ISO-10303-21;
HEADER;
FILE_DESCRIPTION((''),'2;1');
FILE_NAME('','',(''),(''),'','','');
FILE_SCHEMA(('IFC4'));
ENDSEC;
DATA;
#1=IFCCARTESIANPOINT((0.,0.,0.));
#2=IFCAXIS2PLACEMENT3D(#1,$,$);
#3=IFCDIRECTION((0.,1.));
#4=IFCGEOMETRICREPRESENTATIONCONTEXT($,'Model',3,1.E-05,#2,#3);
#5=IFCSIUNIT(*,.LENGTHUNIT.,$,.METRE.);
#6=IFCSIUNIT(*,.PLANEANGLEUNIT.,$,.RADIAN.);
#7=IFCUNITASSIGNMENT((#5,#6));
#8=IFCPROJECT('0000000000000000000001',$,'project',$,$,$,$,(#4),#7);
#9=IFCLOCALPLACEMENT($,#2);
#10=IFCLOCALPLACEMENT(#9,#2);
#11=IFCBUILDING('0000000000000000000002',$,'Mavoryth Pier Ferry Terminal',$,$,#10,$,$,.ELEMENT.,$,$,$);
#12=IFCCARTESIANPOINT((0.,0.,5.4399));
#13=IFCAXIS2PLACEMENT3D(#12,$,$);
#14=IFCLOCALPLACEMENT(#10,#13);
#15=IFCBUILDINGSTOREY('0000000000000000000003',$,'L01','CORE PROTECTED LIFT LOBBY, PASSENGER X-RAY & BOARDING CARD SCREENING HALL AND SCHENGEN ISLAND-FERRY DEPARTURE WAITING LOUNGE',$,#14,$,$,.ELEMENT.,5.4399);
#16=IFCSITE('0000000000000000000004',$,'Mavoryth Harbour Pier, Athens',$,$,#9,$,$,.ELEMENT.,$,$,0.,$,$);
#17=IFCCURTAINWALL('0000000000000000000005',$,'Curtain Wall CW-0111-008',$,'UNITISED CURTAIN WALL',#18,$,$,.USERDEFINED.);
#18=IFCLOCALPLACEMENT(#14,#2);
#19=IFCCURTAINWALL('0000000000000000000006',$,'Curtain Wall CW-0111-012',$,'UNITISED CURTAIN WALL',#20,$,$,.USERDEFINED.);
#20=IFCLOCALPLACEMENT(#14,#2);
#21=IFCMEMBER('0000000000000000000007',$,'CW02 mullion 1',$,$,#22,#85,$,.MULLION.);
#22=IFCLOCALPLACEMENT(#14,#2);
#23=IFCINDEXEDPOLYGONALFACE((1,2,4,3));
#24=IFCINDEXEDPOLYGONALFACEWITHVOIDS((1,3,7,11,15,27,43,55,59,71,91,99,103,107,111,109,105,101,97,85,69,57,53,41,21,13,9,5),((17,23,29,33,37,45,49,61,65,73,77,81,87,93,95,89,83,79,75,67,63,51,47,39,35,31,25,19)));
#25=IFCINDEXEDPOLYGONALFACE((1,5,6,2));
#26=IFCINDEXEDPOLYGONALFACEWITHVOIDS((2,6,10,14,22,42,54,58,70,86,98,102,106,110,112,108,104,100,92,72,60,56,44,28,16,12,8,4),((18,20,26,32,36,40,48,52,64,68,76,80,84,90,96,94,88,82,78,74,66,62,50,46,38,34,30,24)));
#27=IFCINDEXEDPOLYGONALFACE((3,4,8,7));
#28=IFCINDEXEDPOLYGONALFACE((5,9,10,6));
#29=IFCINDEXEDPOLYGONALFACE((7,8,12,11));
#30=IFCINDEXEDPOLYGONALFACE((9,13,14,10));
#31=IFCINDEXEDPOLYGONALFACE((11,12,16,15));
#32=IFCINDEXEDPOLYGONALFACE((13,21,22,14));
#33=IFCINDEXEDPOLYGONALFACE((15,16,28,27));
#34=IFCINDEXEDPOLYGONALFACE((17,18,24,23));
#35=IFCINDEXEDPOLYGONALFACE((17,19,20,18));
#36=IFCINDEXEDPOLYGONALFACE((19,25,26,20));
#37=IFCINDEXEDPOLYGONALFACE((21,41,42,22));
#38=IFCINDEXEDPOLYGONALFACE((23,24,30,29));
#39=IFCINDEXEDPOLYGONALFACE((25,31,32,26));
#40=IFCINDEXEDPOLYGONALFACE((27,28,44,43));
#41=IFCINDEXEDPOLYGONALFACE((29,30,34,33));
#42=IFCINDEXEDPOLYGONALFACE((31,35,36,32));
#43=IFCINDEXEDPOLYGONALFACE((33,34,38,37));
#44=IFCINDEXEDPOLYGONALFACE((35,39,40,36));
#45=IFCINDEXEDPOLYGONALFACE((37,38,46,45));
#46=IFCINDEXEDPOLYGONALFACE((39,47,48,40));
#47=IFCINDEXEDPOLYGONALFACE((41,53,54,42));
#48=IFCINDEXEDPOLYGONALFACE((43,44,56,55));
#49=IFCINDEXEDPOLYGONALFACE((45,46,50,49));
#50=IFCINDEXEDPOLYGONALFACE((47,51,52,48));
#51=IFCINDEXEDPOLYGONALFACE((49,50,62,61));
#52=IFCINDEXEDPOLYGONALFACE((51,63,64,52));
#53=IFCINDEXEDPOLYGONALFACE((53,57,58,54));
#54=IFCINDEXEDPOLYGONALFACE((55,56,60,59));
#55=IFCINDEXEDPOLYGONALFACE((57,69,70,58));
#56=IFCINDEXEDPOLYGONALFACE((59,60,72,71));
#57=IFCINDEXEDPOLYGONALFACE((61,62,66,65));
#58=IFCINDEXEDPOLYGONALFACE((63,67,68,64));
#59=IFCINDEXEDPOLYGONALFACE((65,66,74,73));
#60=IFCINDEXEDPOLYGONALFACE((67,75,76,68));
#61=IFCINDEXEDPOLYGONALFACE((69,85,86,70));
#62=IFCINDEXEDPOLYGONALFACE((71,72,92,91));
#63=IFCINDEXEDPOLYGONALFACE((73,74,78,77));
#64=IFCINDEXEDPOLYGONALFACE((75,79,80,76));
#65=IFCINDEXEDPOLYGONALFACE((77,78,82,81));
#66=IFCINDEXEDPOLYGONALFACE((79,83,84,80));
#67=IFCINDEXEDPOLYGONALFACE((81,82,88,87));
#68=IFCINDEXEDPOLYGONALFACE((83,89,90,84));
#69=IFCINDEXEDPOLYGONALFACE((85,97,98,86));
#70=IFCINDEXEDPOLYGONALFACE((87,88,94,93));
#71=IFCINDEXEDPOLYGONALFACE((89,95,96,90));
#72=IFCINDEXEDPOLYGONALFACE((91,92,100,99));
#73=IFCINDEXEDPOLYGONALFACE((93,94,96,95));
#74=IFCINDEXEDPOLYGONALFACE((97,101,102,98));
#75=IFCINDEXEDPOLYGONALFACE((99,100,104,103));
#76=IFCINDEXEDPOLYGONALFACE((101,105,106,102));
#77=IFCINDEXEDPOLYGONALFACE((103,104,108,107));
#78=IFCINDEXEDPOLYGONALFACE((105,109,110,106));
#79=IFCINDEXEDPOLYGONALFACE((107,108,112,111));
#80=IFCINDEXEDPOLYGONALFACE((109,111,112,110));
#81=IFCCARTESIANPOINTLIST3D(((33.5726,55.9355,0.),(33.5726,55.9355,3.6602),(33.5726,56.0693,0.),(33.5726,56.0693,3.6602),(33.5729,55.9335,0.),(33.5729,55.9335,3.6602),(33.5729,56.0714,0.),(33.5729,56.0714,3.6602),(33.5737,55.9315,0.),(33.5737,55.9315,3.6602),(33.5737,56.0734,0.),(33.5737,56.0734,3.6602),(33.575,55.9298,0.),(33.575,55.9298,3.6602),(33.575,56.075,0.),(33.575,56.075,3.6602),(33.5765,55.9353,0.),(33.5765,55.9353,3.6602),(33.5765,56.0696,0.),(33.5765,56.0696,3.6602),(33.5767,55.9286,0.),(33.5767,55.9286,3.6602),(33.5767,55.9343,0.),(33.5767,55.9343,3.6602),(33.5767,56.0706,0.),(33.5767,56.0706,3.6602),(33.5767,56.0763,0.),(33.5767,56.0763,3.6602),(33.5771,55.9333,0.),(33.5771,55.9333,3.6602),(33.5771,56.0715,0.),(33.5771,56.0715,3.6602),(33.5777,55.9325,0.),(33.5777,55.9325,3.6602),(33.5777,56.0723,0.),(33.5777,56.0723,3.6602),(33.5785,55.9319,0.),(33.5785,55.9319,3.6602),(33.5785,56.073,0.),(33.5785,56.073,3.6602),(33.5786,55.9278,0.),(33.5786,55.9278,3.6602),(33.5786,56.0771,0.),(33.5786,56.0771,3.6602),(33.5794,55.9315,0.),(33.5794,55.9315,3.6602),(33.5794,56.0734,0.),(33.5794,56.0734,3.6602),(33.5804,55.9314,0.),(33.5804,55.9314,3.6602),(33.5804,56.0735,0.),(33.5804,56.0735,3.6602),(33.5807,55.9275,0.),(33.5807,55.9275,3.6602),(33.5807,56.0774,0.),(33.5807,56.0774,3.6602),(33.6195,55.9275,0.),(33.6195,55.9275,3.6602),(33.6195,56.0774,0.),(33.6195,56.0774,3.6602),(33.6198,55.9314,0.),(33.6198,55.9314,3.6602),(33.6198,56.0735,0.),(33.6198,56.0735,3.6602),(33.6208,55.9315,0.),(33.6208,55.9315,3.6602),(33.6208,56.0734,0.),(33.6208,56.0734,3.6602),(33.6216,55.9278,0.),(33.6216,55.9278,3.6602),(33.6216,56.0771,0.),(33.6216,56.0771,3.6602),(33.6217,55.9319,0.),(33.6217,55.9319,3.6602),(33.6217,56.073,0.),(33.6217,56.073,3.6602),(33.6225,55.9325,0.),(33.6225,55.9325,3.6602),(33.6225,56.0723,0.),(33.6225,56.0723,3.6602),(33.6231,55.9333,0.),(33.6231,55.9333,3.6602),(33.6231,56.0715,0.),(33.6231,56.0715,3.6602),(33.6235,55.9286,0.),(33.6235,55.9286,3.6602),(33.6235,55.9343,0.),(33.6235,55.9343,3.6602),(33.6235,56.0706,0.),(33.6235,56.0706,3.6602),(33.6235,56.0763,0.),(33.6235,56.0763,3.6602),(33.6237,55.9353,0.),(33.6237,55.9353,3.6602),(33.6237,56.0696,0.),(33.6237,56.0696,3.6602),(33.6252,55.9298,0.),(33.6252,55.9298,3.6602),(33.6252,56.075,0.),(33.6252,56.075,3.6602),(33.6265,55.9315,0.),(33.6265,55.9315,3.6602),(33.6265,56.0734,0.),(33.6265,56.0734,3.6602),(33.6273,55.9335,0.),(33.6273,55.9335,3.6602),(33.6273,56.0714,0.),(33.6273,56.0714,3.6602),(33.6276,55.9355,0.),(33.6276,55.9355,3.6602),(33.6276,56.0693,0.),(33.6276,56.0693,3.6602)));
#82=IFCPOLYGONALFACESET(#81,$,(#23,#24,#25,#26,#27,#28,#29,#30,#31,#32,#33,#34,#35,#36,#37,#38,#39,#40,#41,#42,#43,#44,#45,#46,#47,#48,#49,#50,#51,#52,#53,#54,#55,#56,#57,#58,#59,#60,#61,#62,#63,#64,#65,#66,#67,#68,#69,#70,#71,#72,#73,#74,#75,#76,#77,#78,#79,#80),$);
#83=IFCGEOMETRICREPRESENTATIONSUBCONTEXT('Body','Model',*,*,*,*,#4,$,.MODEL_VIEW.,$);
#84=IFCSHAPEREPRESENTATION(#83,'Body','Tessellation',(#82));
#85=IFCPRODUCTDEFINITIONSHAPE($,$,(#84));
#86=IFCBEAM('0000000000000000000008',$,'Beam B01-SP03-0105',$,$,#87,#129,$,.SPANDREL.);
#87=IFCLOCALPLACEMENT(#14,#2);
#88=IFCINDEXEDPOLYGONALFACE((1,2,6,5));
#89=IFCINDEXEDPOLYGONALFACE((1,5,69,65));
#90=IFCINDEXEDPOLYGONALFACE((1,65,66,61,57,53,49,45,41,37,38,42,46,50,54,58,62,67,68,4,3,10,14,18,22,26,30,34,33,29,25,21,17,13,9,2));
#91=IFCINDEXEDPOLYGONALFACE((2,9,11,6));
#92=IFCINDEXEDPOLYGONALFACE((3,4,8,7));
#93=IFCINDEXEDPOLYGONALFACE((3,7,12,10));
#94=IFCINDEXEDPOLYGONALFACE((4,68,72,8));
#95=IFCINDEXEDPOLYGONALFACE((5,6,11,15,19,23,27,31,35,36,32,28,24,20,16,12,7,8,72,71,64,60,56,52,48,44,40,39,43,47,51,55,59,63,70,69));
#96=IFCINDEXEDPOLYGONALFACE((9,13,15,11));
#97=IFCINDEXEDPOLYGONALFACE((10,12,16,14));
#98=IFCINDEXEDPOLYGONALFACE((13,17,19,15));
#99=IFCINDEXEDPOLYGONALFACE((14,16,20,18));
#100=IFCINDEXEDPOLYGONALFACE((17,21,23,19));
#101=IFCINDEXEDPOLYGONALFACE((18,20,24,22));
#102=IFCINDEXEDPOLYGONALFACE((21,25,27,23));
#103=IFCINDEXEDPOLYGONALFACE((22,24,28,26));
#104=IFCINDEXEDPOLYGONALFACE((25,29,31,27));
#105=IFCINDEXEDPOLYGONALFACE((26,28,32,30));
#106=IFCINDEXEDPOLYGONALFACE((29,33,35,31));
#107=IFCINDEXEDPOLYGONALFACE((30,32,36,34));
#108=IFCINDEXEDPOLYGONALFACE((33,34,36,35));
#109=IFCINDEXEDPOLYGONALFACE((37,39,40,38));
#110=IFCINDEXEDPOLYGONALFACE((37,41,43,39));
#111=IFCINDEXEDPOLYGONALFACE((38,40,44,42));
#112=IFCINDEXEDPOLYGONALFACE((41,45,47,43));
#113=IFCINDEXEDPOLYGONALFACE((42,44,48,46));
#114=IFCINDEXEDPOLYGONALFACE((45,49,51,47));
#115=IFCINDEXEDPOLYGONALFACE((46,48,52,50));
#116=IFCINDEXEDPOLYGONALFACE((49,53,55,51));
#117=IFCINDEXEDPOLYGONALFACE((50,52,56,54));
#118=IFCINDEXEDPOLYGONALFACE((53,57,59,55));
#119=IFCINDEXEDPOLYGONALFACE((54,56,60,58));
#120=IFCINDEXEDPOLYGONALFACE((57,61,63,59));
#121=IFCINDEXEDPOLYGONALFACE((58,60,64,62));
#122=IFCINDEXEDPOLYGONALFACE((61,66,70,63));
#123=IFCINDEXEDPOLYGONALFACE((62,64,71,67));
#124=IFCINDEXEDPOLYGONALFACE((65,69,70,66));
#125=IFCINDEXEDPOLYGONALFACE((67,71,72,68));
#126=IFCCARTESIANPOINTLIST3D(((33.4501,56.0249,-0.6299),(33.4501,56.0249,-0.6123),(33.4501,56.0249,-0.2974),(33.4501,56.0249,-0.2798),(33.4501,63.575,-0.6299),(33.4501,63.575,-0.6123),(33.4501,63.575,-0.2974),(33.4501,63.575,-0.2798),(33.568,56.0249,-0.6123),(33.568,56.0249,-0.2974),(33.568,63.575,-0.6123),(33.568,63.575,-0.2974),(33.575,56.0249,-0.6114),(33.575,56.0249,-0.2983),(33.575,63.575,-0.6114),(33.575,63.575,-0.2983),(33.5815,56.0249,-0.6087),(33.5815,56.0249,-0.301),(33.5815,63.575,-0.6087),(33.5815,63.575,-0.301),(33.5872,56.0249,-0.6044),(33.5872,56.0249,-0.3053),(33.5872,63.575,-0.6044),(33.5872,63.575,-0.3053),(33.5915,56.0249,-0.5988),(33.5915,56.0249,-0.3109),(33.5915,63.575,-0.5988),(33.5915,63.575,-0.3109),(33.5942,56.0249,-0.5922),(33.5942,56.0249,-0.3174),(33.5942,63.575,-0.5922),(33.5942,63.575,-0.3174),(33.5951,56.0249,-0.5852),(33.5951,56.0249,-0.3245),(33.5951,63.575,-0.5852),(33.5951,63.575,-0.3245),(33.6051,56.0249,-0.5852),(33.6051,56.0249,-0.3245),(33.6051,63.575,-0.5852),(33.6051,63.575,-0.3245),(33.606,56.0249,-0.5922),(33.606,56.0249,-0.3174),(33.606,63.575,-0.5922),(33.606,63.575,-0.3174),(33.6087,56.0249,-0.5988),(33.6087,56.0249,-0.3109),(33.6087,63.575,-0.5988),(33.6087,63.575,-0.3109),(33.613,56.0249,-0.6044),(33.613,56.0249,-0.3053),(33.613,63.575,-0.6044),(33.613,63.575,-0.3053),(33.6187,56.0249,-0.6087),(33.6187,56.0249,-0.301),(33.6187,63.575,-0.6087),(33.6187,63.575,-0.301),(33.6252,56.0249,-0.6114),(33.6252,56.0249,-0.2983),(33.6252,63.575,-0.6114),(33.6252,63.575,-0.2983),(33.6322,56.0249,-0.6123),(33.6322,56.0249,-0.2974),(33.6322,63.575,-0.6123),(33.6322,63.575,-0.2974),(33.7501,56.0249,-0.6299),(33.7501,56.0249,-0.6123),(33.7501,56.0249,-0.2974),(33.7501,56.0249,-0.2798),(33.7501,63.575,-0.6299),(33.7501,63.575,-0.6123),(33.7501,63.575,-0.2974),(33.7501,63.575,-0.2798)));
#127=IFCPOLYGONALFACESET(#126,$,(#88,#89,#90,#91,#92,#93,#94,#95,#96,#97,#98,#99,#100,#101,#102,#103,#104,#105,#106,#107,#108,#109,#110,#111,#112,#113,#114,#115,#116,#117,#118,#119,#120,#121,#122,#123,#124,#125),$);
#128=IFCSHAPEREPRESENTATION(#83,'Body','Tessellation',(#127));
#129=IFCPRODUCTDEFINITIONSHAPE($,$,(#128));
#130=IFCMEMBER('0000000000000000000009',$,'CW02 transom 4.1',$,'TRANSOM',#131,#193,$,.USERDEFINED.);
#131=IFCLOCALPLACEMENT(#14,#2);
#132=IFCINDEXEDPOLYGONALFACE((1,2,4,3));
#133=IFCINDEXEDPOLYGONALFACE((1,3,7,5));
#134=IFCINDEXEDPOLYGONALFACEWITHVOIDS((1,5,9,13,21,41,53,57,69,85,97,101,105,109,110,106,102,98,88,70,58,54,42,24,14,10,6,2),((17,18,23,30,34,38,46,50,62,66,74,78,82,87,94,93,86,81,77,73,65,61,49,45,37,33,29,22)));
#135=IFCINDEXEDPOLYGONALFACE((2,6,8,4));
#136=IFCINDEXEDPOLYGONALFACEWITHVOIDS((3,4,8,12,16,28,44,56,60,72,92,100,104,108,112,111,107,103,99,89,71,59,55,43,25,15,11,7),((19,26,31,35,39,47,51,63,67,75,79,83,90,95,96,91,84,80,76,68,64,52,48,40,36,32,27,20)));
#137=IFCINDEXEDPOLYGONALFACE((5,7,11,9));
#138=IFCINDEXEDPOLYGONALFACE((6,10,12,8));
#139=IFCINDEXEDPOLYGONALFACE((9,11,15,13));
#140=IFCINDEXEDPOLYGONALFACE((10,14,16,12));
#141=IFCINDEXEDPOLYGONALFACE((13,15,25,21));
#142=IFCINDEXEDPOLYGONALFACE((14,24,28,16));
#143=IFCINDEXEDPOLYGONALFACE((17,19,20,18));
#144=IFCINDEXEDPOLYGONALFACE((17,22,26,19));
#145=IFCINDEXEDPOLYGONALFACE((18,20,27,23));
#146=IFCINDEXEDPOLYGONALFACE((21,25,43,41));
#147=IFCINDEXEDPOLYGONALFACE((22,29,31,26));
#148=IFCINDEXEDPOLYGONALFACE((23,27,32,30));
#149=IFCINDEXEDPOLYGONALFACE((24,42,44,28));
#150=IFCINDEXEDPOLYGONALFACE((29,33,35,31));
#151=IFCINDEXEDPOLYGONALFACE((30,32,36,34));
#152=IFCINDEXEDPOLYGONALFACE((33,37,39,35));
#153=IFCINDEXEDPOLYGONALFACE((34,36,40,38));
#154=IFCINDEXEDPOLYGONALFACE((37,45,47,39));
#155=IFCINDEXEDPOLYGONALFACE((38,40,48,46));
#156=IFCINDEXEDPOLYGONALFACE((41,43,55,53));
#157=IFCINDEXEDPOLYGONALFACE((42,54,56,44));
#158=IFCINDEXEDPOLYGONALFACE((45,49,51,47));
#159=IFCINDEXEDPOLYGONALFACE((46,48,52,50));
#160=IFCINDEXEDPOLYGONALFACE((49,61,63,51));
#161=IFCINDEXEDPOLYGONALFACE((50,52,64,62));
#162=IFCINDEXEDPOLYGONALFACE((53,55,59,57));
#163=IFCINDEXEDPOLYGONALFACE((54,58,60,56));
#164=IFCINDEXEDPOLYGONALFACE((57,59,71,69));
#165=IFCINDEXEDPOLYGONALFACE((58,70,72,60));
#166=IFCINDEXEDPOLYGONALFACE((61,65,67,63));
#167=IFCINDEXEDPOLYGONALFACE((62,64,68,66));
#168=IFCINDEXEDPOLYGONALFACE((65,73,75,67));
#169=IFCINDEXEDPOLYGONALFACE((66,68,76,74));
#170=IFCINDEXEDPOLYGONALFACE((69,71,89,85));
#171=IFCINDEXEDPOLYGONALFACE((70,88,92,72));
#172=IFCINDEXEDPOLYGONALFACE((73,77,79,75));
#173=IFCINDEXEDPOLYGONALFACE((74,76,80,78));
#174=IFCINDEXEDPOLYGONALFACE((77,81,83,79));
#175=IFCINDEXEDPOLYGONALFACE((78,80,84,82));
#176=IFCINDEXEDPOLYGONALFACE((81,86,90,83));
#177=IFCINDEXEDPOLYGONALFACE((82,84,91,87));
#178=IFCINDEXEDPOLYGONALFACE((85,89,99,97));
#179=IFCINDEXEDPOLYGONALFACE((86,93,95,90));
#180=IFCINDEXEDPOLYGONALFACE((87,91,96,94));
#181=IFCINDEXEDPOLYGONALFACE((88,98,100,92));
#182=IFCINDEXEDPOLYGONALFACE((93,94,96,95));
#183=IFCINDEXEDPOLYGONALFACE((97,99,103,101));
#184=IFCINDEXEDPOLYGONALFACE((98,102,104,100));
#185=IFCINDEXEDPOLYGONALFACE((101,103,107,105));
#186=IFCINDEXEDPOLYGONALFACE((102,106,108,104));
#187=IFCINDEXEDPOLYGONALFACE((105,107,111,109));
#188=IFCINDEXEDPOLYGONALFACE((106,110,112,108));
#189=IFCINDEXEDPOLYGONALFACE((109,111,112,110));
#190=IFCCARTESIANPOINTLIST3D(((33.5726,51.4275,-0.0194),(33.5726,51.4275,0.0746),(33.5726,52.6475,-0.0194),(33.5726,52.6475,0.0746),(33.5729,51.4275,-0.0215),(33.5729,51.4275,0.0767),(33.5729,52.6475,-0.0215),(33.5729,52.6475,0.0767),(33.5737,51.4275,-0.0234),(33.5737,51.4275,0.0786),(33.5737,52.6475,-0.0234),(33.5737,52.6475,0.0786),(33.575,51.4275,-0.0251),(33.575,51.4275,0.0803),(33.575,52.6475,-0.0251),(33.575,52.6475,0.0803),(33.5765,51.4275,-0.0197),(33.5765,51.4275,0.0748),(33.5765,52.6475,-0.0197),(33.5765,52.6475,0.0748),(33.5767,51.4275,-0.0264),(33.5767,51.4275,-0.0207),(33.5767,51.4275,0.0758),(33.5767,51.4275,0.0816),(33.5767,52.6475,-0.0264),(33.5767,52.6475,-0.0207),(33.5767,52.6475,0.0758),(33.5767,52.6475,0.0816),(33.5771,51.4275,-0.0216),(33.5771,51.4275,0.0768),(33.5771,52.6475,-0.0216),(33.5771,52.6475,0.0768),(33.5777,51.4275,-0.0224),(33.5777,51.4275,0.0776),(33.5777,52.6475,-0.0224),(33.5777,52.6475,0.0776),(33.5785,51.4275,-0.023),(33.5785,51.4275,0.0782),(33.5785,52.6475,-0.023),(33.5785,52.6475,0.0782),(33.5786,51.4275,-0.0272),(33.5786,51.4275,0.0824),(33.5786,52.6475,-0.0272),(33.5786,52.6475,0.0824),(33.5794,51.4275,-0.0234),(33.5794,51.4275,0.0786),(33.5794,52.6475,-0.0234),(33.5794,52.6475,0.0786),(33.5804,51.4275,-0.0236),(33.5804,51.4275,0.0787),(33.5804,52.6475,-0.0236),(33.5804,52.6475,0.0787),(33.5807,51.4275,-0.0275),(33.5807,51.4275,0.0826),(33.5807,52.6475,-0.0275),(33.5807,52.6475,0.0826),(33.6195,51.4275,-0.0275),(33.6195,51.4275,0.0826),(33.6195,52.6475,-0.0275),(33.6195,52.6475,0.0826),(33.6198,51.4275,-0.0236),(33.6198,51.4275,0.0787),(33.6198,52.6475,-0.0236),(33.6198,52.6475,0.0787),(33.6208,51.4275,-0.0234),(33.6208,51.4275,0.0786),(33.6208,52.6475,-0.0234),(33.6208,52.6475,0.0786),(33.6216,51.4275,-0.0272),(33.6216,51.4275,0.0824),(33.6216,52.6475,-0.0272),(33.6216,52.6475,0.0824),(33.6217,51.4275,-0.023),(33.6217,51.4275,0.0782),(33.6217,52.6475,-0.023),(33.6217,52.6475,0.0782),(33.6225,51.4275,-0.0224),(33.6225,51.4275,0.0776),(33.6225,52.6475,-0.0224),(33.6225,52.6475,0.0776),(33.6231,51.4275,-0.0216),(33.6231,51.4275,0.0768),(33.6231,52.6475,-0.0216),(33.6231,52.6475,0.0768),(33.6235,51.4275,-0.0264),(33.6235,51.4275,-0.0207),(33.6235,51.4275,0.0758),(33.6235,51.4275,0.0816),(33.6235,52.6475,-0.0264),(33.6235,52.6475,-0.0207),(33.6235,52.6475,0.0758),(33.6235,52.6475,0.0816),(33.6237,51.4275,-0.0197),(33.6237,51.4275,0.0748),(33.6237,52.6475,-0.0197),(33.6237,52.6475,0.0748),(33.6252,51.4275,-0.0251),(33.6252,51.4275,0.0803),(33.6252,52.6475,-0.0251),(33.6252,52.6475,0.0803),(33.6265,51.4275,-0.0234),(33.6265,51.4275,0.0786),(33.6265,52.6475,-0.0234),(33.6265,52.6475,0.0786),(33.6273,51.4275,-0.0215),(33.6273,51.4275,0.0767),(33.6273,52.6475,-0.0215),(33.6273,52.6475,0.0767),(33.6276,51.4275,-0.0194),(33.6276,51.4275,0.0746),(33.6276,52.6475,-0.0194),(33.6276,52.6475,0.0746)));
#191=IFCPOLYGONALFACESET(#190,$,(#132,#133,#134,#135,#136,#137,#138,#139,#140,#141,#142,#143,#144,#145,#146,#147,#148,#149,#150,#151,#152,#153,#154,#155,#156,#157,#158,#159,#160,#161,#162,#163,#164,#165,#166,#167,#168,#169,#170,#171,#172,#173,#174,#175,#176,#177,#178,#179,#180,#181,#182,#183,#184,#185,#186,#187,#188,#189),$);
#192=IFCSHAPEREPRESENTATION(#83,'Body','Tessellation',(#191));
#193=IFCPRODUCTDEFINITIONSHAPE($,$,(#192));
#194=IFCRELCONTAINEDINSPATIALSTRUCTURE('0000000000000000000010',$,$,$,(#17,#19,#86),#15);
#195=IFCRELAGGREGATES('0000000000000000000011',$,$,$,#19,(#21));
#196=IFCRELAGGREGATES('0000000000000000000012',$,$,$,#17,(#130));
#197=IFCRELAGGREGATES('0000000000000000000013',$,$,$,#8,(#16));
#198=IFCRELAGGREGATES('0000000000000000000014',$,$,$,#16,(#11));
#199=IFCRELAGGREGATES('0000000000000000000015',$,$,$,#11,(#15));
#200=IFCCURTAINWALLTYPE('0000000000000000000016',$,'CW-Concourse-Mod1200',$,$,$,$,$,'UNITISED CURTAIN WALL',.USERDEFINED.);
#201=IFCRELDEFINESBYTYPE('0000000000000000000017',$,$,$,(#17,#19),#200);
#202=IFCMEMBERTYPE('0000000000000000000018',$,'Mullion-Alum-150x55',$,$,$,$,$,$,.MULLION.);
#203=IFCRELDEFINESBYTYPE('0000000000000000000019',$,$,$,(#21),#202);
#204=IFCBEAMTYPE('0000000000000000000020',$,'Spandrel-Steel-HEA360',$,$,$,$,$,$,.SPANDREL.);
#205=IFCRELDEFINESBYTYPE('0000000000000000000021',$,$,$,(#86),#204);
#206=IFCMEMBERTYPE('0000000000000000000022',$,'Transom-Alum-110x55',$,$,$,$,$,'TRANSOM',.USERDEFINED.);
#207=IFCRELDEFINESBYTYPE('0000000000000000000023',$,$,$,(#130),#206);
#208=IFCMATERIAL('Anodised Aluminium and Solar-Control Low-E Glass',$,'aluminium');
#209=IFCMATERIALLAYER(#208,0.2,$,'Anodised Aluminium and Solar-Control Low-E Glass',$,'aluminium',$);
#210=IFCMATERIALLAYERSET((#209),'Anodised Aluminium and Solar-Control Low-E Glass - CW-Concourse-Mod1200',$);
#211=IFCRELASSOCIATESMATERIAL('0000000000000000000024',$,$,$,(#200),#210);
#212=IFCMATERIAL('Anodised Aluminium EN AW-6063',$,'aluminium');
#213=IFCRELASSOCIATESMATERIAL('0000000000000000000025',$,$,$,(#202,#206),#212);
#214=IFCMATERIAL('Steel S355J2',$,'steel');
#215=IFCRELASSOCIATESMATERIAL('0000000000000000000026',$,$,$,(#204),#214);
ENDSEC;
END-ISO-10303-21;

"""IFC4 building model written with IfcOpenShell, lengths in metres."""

from ifc_helpers import new_model, si_unit, direction, frame, origin, origin_2d, place, context, subcontext, project, spatial, hollow_rectangle, i_section, extrude, material, layer, layer_set, material_profile, profile_set, type_object, element, aggregate, save


model = new_model("IFC4")

# Units and contexts
model_context = context("Model", 3, precision=1e-05, world=origin(), true_north=direction((0.0, 1.0)))
body_context = subcontext(model_context, "Body", "Model", "MODEL_VIEW")
ifc_project = project(units=[si_unit("LENGTHUNIT", "METRE"), si_unit("PLANEANGLEUNIT", "RADIAN")], contexts=[model_context])

# Site, building, storey
site_placement = place(None, origin())
site = spatial("IfcSite", under=ifc_project, at=site_placement, Name="Mavoryth Harbour Pier, Athens", CompositionType="ELEMENT", RefElevation=0.0)
building_placement = place(site_placement, origin())
building = spatial("IfcBuilding", under=site, at=building_placement, Name="Mavoryth Pier Ferry Terminal", CompositionType="ELEMENT")
storey_placement = place(building_placement, frame((0.0, 0.0, 5.4399)))
storey = spatial("IfcBuildingStorey", under=building, at=storey_placement, Name="L01", Description="CORE PROTECTED LIFT LOBBY, PASSENGER X-RAY & BOARDING CARD SCREENING HALL AND SCHENGEN ISLAND-FERRY DEPARTURE WAITING LOUNGE", CompositionType="ELEMENT", Elevation=5.4399)

# Curtain wall
ifc_material_1 = material(Name="Anodised Aluminium and Solar-Control Low-E Glass", Category="aluminium")
ifc_layer_1 = layer(ifc_material_1, 0.2, Name="Anodised Aluminium and Solar-Control Low-E Glass", Category="aluminium")
ifc_layer_set_1 = layer_set([ifc_layer_1], Name="Anodised Aluminium and Solar-Control Low-E Glass - CW-Concourse-Mod1200")
curtain_wall_type = type_object("IfcCurtainWallType", Name="CW-Concourse-Mod1200", ElementType="UNITISED CURTAIN WALL", PredefinedType="USERDEFINED", material=ifc_layer_set_1)
curtain_wall_1_placement = place(storey_placement, origin())
curtain_wall_1 = element("IfcCurtainWall", 1, at=curtain_wall_1_placement, inside=storey, type_object=curtain_wall_type, Name="Curtain Wall CW-0111-008", ObjectType="UNITISED CURTAIN WALL", PredefinedType="USERDEFINED")
ifc_material_2 = material(Name="Anodised Aluminium EN AW-6063", Category="aluminium")
ifc_material_profile_1 = material_profile(ifc_material_2, hollow_rectangle(XDim=0.0549, YDim=0.1499, WallThickness=0.0039, InnerFilletRadius=0.0039, OuterFilletRadius=0.0081, at=origin_2d()), Name="AL-MULL 150x55x4", Category="aluminium")
ifc_profile_set_1 = profile_set([ifc_material_profile_1], Name="Anodised Aluminium EN AW-6063 - AL-MULL 150x55x4")
member_type_1 = type_object("IfcMemberType", Name="Mullion-Alum-150x55", PredefinedType="MULLION", material=ifc_profile_set_1)

# Curtain wall, member
curtain_wall_2_placement = place(storey_placement, origin())
curtain_wall_2 = element("IfcCurtainWall", 2, at=curtain_wall_2_placement, inside=storey, type_object=curtain_wall_type, Name="Curtain Wall CW-0111-012", ObjectType="UNITISED CURTAIN WALL", PredefinedType="USERDEFINED")
member_1_placement = place(storey_placement, frame((33.6001, 56.0024, 0.0), z_axis=(0.0, 0.0, 1.0), x_axis=(-1.0, 0.0, 0.0)))
member_1 = element("IfcMember", 3, at=member_1_placement, type_object=member_type_1, Name="CW02 mullion 1", PredefinedType="MULLION", context=body_context, shape_type="SweptSolid", body=[
    extrude(hollow_rectangle(XDim=0.0549, YDim=0.1499, WallThickness=0.0039, InnerFilletRadius=0.0039, OuterFilletRadius=0.0081, at=origin_2d()), origin(), (0.0, 0.0, 1.0), 3.6602),
])

# Beam
ifc_material_3 = material(Name="Steel S355J2", Category="steel")
ifc_material_profile_2 = material_profile(ifc_material_3, i_section(OverallWidth=0.3, OverallDepth=0.3501, WebThickness=0.01, FlangeThickness=0.0176, FilletRadius=0.0271, at=origin_2d()), Name="HEA 360", Category="steel")
ifc_profile_set_2 = profile_set([ifc_material_profile_2], Name="Steel S355J2 - HEA 360")
beam_type = type_object("IfcBeamType", Name="Spandrel-Steel-HEA360", PredefinedType="SPANDREL", material=ifc_profile_set_2)
beam_placement = place(storey_placement, frame((33.6001, 56.0249, -0.4548), z_axis=(0.0, 1.0, 0.0), x_axis=(-1.0, 0.0, 0.0)))
element("IfcBeam", 4, at=beam_placement, inside=storey, type_object=beam_type, Name="Beam B01-SP03-0105", PredefinedType="SPANDREL", context=body_context, shape_type="SweptSolid", body=[
    extrude(i_section(OverallWidth=0.3, OverallDepth=0.3501, WebThickness=0.01, FlangeThickness=0.0176, FilletRadius=0.0271, at=origin_2d()), origin(), (0.0, 0.0, 1.0), 7.55),
])

# Member
ifc_material_profile_3 = material_profile(ifc_material_2, hollow_rectangle(XDim=0.0549, YDim=0.1101, WallThickness=0.0039, InnerFilletRadius=0.0039, OuterFilletRadius=0.0081, at=origin_2d()), Name="AL-TRAN 110x55x4", Category="aluminium")
ifc_profile_set_3 = profile_set([ifc_material_profile_3], Name="Anodised Aluminium EN AW-6063 - AL-TRAN 110x55x4")
member_type_2 = type_object("IfcMemberType", Name="Transom-Alum-110x55", ElementType="TRANSOM", PredefinedType="USERDEFINED", material=ifc_profile_set_3)
member_2_placement = place(storey_placement, frame((33.6001, 51.4275, 0.0276), z_axis=(0.0, 1.0, 0.0), x_axis=(-1.0, 0.0, 0.0)))
member_2 = element("IfcMember", 5, at=member_2_placement, type_object=member_type_2, Name="CW02 transom 4.1", ObjectType="TRANSOM", PredefinedType="USERDEFINED", context=body_context, shape_type="SweptSolid", body=[
    extrude(hollow_rectangle(XDim=0.0549, YDim=0.1101, WallThickness=0.0039, InnerFilletRadius=0.0039, OuterFilletRadius=0.0081, at=origin_2d()), origin(), (0.0, 0.0, 1.0), 1.22),
])
aggregate(curtain_wall_2, [member_1])

aggregate(curtain_wall_1, [member_2])

save(model, "model.ifc")
